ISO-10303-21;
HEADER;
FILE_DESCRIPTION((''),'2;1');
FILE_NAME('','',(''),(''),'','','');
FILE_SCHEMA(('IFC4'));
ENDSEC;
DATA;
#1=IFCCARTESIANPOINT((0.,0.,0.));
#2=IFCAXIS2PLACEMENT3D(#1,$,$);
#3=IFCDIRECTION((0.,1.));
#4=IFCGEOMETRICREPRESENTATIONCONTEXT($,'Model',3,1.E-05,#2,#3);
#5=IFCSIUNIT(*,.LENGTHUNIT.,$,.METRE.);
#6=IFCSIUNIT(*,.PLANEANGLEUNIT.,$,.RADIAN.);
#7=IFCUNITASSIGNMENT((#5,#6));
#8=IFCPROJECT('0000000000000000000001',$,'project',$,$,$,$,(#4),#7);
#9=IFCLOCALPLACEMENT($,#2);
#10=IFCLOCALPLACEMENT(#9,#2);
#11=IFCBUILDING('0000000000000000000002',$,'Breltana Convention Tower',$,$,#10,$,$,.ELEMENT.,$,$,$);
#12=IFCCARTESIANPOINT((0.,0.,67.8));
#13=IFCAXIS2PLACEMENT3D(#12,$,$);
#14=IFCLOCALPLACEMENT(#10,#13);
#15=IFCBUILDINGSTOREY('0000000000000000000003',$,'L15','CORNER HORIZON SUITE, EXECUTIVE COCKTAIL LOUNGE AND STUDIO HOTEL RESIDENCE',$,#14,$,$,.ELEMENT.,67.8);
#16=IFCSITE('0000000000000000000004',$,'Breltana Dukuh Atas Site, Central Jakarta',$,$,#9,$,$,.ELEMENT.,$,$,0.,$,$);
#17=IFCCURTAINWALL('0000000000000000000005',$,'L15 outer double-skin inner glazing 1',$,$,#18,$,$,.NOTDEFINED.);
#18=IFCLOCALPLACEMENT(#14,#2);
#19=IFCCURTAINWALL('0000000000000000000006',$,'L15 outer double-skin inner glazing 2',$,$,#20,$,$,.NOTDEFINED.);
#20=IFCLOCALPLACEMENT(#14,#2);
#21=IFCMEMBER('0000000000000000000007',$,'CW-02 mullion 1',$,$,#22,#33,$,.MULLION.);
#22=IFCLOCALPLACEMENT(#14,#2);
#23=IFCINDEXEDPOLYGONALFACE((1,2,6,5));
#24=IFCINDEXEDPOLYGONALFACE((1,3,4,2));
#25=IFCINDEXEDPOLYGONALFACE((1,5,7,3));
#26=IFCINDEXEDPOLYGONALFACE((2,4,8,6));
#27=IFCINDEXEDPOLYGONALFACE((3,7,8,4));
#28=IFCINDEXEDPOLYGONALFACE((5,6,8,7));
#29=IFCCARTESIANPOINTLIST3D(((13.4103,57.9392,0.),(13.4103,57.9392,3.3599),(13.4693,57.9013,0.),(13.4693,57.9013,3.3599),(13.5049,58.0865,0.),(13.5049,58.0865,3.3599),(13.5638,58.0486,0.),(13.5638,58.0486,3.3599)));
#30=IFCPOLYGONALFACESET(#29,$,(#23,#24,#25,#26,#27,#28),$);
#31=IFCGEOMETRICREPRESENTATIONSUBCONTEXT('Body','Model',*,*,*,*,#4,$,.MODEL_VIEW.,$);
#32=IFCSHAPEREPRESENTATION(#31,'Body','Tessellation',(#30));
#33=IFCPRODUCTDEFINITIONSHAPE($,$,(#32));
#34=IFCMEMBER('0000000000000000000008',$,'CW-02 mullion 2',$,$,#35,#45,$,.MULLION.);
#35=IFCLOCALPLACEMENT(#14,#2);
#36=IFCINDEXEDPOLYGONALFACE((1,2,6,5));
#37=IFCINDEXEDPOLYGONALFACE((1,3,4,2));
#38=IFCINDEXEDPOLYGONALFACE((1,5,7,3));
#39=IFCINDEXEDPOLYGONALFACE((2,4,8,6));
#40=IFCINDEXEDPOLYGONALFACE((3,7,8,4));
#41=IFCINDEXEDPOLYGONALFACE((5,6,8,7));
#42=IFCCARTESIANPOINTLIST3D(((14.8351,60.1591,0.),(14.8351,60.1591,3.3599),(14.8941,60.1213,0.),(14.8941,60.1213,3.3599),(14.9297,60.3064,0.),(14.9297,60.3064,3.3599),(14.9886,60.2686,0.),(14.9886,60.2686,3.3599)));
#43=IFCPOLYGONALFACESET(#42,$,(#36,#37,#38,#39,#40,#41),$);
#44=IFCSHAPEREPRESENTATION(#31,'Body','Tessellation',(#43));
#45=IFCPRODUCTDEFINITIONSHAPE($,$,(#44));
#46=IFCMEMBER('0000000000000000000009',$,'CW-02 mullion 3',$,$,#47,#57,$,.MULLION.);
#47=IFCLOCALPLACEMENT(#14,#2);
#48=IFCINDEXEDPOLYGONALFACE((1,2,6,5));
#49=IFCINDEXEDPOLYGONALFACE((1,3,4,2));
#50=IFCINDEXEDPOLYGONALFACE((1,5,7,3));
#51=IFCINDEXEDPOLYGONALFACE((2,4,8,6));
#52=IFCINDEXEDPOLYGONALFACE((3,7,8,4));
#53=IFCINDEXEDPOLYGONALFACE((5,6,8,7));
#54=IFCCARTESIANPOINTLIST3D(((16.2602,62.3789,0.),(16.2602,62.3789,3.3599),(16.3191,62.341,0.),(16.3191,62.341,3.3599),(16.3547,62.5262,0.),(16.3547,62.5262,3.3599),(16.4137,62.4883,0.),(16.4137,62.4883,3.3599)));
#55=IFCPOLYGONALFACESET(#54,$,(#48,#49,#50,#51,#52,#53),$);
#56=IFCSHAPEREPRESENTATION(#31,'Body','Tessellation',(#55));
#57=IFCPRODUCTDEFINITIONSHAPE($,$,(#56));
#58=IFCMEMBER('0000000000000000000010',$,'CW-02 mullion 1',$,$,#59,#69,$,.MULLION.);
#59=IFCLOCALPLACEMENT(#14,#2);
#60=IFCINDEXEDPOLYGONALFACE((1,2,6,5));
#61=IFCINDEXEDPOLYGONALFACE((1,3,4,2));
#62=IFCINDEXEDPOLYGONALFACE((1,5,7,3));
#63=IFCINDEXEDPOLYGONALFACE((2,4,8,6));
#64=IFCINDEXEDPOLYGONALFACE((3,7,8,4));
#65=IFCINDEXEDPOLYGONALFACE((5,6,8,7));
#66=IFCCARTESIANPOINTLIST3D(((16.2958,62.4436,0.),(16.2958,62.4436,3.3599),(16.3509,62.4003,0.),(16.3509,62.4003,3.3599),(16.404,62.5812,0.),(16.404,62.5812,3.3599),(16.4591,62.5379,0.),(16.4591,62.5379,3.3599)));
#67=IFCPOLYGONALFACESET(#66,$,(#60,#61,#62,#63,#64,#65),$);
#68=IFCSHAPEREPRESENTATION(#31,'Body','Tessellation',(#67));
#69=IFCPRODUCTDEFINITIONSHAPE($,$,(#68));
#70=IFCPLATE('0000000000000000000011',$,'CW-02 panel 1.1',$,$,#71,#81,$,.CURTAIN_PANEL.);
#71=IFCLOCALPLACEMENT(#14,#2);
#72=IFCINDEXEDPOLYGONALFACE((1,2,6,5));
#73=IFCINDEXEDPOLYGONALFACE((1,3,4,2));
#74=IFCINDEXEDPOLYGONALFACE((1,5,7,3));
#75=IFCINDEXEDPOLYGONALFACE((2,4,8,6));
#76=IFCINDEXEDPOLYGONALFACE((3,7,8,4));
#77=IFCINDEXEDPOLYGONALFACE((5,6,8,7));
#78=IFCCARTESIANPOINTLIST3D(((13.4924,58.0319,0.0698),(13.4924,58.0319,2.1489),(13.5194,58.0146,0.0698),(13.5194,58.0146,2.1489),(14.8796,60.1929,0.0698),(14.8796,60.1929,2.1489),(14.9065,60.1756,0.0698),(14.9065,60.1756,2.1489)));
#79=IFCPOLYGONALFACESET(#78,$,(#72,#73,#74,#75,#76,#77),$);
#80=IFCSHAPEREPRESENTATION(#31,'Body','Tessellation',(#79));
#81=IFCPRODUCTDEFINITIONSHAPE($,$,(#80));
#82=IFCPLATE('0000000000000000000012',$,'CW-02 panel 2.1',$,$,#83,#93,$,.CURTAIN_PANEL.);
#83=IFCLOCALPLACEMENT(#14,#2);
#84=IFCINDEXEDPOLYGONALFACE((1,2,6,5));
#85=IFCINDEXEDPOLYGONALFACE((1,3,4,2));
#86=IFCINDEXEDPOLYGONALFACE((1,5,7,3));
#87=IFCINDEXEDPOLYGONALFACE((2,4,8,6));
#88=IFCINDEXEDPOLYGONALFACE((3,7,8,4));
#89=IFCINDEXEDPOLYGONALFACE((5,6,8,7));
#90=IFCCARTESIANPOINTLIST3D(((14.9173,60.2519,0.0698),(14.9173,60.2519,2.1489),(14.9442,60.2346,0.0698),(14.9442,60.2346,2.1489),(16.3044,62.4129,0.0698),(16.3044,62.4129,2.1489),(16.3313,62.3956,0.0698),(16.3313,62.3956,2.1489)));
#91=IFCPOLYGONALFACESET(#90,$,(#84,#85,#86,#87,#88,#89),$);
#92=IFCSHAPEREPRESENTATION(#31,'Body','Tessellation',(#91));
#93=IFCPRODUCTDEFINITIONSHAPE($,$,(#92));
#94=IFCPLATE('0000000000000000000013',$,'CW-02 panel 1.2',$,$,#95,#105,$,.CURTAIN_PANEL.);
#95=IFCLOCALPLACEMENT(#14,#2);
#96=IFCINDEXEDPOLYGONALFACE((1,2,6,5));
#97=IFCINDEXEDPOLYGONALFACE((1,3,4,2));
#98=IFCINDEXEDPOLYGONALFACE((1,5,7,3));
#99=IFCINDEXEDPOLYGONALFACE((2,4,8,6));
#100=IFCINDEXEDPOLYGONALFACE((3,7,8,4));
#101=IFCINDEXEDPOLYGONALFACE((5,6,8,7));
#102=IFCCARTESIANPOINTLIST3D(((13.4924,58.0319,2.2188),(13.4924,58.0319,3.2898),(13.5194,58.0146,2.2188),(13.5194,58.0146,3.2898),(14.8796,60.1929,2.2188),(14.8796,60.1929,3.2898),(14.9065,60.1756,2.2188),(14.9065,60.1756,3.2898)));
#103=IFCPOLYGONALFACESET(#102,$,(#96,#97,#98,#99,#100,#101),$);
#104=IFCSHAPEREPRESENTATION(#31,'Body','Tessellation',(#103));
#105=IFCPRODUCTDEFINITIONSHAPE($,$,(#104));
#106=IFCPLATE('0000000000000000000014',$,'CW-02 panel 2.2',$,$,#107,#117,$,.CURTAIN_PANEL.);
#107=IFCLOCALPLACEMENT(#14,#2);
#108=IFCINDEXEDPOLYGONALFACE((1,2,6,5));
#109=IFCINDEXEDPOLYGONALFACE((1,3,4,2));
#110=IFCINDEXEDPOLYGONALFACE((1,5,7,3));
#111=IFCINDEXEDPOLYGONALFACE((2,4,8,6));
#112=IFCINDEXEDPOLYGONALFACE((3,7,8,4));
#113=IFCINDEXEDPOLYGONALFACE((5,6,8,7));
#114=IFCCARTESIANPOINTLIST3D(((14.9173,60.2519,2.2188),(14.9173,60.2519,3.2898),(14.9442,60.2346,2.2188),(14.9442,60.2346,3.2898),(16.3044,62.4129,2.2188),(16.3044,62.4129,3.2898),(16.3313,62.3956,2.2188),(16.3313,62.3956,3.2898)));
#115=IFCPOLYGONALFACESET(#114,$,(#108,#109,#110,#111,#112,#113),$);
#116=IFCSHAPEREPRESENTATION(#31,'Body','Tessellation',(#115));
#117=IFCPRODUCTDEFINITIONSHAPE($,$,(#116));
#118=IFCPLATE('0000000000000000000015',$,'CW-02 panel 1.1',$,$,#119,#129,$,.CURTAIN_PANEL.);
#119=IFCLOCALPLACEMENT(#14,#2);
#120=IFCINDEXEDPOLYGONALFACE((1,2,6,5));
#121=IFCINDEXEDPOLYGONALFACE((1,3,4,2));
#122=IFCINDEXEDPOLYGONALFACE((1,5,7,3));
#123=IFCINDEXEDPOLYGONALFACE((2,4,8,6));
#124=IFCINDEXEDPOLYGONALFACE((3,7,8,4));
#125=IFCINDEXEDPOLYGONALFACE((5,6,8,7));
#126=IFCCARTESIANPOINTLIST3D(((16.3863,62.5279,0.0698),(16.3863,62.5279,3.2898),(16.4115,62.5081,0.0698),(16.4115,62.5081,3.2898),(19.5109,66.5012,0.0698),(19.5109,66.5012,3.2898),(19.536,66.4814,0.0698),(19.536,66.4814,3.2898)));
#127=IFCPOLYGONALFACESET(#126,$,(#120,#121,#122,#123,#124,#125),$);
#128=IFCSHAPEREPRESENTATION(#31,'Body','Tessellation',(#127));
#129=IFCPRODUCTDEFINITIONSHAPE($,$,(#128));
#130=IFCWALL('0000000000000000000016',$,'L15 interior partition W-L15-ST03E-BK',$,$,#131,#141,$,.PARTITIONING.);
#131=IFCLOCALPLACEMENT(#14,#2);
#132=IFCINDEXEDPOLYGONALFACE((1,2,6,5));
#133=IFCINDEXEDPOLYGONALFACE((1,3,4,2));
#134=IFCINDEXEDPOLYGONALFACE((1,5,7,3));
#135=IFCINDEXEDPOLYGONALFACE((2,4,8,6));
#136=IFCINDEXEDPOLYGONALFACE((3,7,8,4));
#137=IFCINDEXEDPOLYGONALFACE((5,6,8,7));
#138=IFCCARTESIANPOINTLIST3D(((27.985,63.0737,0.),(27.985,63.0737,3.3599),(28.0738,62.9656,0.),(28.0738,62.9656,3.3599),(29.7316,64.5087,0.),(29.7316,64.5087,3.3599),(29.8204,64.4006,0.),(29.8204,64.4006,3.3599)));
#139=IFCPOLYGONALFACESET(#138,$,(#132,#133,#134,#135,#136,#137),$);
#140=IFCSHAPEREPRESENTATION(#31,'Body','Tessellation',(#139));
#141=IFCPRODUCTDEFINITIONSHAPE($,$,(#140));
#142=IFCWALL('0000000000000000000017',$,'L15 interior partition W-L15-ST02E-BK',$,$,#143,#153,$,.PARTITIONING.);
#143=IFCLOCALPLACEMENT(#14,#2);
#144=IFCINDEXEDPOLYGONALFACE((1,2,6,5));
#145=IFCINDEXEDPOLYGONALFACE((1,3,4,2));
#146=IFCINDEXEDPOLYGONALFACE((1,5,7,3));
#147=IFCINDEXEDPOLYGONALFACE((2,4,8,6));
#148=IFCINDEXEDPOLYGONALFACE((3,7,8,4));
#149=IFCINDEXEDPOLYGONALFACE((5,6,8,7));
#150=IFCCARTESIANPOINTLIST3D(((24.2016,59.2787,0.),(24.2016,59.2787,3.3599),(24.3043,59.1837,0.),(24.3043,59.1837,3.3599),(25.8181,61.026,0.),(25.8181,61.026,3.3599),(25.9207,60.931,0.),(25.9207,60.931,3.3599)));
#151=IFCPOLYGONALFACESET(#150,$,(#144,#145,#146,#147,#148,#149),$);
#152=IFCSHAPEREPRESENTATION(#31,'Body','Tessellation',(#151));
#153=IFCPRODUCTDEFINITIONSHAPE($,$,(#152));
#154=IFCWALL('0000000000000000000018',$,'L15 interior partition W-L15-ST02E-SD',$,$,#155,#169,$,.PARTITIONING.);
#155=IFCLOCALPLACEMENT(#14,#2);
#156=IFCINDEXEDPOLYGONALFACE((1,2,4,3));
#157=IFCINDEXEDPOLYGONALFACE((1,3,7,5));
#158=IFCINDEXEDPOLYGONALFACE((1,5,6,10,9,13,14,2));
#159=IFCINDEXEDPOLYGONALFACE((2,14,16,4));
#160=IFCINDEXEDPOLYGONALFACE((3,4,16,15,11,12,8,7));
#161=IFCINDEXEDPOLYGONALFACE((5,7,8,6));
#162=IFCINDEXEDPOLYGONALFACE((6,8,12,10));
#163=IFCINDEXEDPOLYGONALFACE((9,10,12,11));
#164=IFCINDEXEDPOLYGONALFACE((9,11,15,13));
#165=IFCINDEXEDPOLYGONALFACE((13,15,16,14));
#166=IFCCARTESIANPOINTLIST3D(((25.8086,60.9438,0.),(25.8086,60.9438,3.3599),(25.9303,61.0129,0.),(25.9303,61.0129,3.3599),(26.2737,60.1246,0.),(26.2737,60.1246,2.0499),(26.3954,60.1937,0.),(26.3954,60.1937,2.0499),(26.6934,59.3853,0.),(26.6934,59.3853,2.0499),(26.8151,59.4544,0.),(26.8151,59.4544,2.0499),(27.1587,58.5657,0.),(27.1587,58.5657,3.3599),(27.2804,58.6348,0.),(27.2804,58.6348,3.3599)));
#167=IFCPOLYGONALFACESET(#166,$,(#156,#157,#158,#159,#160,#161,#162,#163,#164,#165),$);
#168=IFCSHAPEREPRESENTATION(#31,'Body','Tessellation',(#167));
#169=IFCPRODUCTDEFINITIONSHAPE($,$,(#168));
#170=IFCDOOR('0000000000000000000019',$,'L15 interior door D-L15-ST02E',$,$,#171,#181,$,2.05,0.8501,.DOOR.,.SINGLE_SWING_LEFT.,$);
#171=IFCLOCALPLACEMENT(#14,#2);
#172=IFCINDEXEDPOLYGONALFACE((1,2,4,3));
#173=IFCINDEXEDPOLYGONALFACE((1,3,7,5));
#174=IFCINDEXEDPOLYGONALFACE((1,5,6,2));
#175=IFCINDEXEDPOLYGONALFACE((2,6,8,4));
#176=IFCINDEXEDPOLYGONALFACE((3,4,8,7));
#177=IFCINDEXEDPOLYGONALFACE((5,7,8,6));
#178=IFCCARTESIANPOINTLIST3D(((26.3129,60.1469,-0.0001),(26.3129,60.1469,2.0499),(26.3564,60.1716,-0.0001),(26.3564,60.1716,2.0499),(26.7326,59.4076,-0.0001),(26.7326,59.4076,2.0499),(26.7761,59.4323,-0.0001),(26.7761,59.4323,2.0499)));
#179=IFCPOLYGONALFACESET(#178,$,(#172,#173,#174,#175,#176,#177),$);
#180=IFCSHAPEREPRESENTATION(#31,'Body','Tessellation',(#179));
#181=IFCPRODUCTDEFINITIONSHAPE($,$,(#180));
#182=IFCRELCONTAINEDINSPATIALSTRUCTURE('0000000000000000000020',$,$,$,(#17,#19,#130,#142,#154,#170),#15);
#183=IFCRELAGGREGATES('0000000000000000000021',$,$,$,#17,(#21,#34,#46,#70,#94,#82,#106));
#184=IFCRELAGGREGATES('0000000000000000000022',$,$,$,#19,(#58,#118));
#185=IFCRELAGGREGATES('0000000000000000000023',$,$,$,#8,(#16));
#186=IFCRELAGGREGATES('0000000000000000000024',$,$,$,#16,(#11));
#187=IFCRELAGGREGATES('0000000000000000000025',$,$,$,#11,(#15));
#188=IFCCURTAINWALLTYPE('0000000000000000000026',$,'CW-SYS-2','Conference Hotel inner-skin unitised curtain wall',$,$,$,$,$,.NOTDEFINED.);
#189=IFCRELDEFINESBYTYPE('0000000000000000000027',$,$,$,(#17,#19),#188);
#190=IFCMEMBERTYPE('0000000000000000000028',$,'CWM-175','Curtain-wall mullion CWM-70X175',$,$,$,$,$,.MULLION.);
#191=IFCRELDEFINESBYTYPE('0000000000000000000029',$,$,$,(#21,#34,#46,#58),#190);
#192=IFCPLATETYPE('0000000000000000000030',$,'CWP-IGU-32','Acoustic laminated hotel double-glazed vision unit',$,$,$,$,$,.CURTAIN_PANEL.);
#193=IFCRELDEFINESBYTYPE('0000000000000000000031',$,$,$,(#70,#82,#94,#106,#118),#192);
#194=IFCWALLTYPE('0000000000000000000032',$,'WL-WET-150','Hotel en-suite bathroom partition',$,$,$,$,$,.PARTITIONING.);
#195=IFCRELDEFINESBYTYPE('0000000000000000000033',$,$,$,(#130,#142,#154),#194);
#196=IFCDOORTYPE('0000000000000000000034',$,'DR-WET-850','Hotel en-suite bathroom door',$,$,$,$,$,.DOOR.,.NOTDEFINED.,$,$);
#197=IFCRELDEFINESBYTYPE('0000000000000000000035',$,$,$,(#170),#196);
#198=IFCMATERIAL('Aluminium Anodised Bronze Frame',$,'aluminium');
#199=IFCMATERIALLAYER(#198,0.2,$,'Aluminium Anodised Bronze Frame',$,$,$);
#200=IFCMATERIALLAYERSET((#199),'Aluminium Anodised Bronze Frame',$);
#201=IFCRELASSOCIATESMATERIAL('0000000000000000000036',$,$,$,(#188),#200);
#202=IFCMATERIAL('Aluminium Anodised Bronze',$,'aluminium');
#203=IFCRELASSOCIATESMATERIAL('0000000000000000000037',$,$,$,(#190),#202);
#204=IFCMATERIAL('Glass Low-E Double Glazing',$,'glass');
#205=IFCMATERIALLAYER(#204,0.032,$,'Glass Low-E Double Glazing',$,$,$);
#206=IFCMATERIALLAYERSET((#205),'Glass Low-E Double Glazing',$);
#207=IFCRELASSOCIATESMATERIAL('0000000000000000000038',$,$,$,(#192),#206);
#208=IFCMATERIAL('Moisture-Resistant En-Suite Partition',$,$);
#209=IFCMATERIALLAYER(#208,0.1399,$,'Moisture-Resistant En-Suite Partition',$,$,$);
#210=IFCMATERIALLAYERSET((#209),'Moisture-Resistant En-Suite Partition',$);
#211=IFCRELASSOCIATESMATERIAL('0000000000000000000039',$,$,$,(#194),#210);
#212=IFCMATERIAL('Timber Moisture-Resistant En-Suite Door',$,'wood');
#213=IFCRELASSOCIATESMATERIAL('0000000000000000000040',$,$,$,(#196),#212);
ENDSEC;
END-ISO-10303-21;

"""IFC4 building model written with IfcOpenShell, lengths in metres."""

from ifc_helpers import new_model, si_unit, direction, frame, frame_2d, origin, origin_2d, place, context, subcontext, project, spatial, rectangle, extrude, source, transform, mapped, material, layer, layer_set, material_profile, profile_set, type_object, type_shapes, element, fill, aggregate, save


model = new_model("IFC4")

# Units and contexts
model_context = context("Model", 3, precision=1e-05, world=origin(), true_north=direction((0.0, 1.0)))
body_context = subcontext(model_context, "Body", "Model", "MODEL_VIEW")
ifc_project = project(units=[si_unit("LENGTHUNIT", "METRE"), si_unit("PLANEANGLEUNIT", "RADIAN")], contexts=[model_context])

# Site, building, storey
site_placement = place(None, origin())
site = spatial("IfcSite", under=ifc_project, at=site_placement, Name="Breltana Dukuh Atas Site, Central Jakarta", CompositionType="ELEMENT", RefElevation=0.0)
building_placement = place(site_placement, origin())
building = spatial("IfcBuilding", under=site, at=building_placement, Name="Breltana Convention Tower", CompositionType="ELEMENT")
storey_placement = place(building_placement, frame((0.0, 0.0, 67.8)))
storey = spatial("IfcBuildingStorey", under=building, at=storey_placement, Name="L15", Description="CORNER HORIZON SUITE, EXECUTIVE COCKTAIL LOUNGE AND STUDIO HOTEL RESIDENCE", CompositionType="ELEMENT", Elevation=67.8)

# Curtain walls
ifc_material_1 = material(Name="Aluminium Anodised Bronze Frame", Category="aluminium")
ifc_layer_1 = layer(ifc_material_1, 0.2, Name="Aluminium Anodised Bronze Frame")
ifc_layer_set_1 = layer_set([ifc_layer_1], Name="Aluminium Anodised Bronze Frame")
curtain_wall_type = type_object("IfcCurtainWallType", Name="CW-SYS-2", Description="Conference Hotel inner-skin unitised curtain wall", PredefinedType="NOTDEFINED", material=ifc_layer_set_1)
curtain_wall_1_placement = place(storey_placement, origin())
curtain_wall_1 = element("IfcCurtainWall", 1, at=curtain_wall_1_placement, inside=storey, type_object=curtain_wall_type, Name="L15 outer double-skin inner glazing 1", PredefinedType="NOTDEFINED")
ifc_material_2 = material(Name="Aluminium Anodised Bronze", Category="aluminium")
curtain_wall_2_placement = place(storey_placement, origin())
curtain_wall_2 = element("IfcCurtainWall", 2, at=curtain_wall_2_placement, inside=storey, type_object=curtain_wall_type, Name="L15 outer double-skin inner glazing 2", PredefinedType="NOTDEFINED")

# Members
ifc_material_profile_1 = material_profile(ifc_material_2, rectangle(XDim=0.0701, YDim=0.175, at=origin_2d()), Name="CWM-70X175")
ifc_profile_set_1 = profile_set([ifc_material_profile_1], Name="Aluminium Anodised Bronze")
member_type_1 = type_object("IfcMemberType", Name="CWM-175", Description="Curtain-wall mullion CWM-70X175", PredefinedType="MULLION", material=ifc_profile_set_1)
shared_shape_1 = source(origin(), body_context, "Body", "SweptSolid", [
    extrude(rectangle(XDim=0.0701, YDim=0.175, at=origin_2d()), origin(), (0.0, 0.0, 1.0), 3.3599),
])
member_1_placement = place(storey_placement, frame((13.4871, 57.9939, 0.0), z_axis=(0.0, 0.0, 1.0), x_axis=(-0.841549, 0.540181, 0.0)))
member_1 = element("IfcMember", 3, at=member_1_placement, type_object=member_type_1, Name="CW-02 mullion 1", PredefinedType="MULLION", context=body_context, shape_type="MappedRepresentation", body=[
    mapped(shared_shape_1, transform((0.0, 0.0, 0.0), scale=1.0)),
])
member_2_placement = place(storey_placement, frame((14.9119, 60.2139, 0.0), z_axis=(0.0, 0.0, 1.0), x_axis=(-0.841549, 0.540181, 0.0)))
member_2 = element("IfcMember", 4, at=member_2_placement, type_object=member_type_1, Name="CW-02 mullion 2", PredefinedType="MULLION", context=body_context, shape_type="MappedRepresentation", body=[
    mapped(shared_shape_1, transform((0.0, 0.0, 0.0), scale=1.0)),
])
member_3_placement = place(storey_placement, frame((16.3369, 62.4336, 0.0), z_axis=(0.0, 0.0, 1.0), x_axis=(-0.841549, 0.540181, 0.0)))
member_3 = element("IfcMember", 5, at=member_3_placement, type_object=member_type_1, Name="CW-02 mullion 3", PredefinedType="MULLION", context=body_context, shape_type="MappedRepresentation", body=[
    mapped(shared_shape_1, transform((0.0, 0.0, 0.0), scale=1.0)),
])
member_4_placement = place(storey_placement, frame((16.3774, 62.4907, 0.0), z_axis=(0.0, 0.0, 1.0), x_axis=(-0.786057, 0.618154, 0.0)))
member_4 = element("IfcMember", 6, at=member_4_placement, type_object=member_type_1, Name="CW-02 mullion 1", PredefinedType="MULLION", context=body_context, shape_type="MappedRepresentation", body=[
    mapped(shared_shape_1, transform((0.0, 0.0, 0.0), scale=1.0)),
])

# Plates
ifc_material_3 = material(Name="Glass Low-E Double Glazing", Category="glass")
ifc_layer_2 = layer(ifc_material_3, 0.032, Name="Glass Low-E Double Glazing")
ifc_layer_set_2 = layer_set([ifc_layer_2], Name="Glass Low-E Double Glazing")
plate_type = type_object("IfcPlateType", Name="CWP-IGU-32", Description="Acoustic laminated hotel double-glazed vision unit", PredefinedType="CURTAIN_PANEL", material=ifc_layer_set_2)
shared_shape_2 = source(origin(), body_context, "Body", "SweptSolid", [
    extrude(rectangle(XDim=2.5679, YDim=0.032, at=origin_2d()), origin(), (0.0, 0.0, 1.0), 2.0791),
])
type_shapes(plate_type, [shared_shape_2])
plate_1_placement = place(storey_placement, frame((14.1995, 59.1038, 0.0698), z_axis=(0.0, 0.0, 1.0), x_axis=(0.540181, 0.841549, 0.0)))
plate_1 = element("IfcPlate", 7, at=plate_1_placement, type_object=plate_type, Name="CW-02 panel 1.1", PredefinedType="CURTAIN_PANEL", context=body_context, shape_type="MappedRepresentation", body=[
    mapped(shared_shape_2, transform((0.0, 0.0, 0.0), scale=1.0)),
])
plate_2_placement = place(storey_placement, frame((15.6243, 61.3237, 0.0698), z_axis=(0.0, 0.0, 1.0), x_axis=(0.540181, 0.841549, 0.0)))
plate_2 = element("IfcPlate", 8, at=plate_2_placement, type_object=plate_type, Name="CW-02 panel 2.1", PredefinedType="CURTAIN_PANEL", context=body_context, shape_type="MappedRepresentation", body=[
    mapped(shared_shape_2, transform((0.0, 0.0, 0.0), scale=1.0)),
])
shared_shape_3 = source(origin(), body_context, "Body", "SweptSolid", [
    extrude(rectangle(XDim=2.5679, YDim=0.032, at=origin_2d()), origin(), (0.0, 0.0, 1.0), 1.071),
])
plate_3_placement = place(storey_placement, frame((14.1995, 59.1038, 2.2188), z_axis=(0.0, 0.0, 1.0), x_axis=(0.540181, 0.841549, 0.0)))
plate_3 = element("IfcPlate", 9, at=plate_3_placement, type_object=plate_type, Name="CW-02 panel 1.2", PredefinedType="CURTAIN_PANEL", context=body_context, shape_type="MappedRepresentation", body=[
    mapped(shared_shape_3, transform((0.0, 0.0, 0.0), scale=1.0)),
])
plate_4_placement = place(storey_placement, frame((15.6243, 61.3237, 2.2188), z_axis=(0.0, 0.0, 1.0), x_axis=(0.540181, 0.841549, 0.0)))
plate_4 = element("IfcPlate", 10, at=plate_4_placement, type_object=plate_type, Name="CW-02 panel 2.2", PredefinedType="CURTAIN_PANEL", context=body_context, shape_type="MappedRepresentation", body=[
    mapped(shared_shape_3, transform((0.0, 0.0, 0.0), scale=1.0)),
])
aggregate(curtain_wall_1, [member_1, member_2, member_3, plate_1, plate_3, plate_2, plate_4])
shared_shape_4 = source(origin(), body_context, "Body", "SweptSolid", [
    extrude(rectangle(XDim=5.0547, YDim=0.032, at=origin_2d()), origin(), (0.0, 0.0, 1.0), 3.22),
])
plate_5_placement = place(storey_placement, frame((17.9612, 64.5046, 0.0698), z_axis=(0.0, 0.0, 1.0), x_axis=(0.618154, 0.786057, 0.0)))
plate_5 = element("IfcPlate", 11, at=plate_5_placement, type_object=plate_type, Name="CW-02 panel 1.1", PredefinedType="CURTAIN_PANEL", context=body_context, shape_type="MappedRepresentation", body=[
    mapped(shared_shape_4, transform((0.0, 0.0, 0.0), scale=1.0)),
])
aggregate(curtain_wall_2, [member_4, plate_5])

# Walls
ifc_material_4 = material(Name="Moisture-Resistant En-Suite Partition")
ifc_layer_3 = layer(ifc_material_4, 0.1399, Name="Moisture-Resistant En-Suite Partition")
ifc_layer_set_3 = layer_set([ifc_layer_3], Name="Moisture-Resistant En-Suite Partition")
wall_type_1 = type_object("IfcWallType", Name="WL-WET-150", Description="Hotel en-suite bathroom partition", PredefinedType="PARTITIONING", material=ifc_layer_set_3)
shared_shape_5 = source(origin(), body_context, "Body", "SweptSolid", [
    extrude(rectangle(XDim=2.2605, YDim=0.1399, at=frame_2d((1.1304, 0.0))), origin(), (0.0, 0.0, 1.0), 3.3599),
])
wall_1_placement = place(storey_placement, frame((28.0293, 63.0195, 0.0), z_axis=(0.0, 0.0, 1.0), x_axis=(0.772647, 0.634836, 0.0)))
element("IfcWall", 12, at=wall_1_placement, inside=storey, type_object=wall_type_1, Name="L15 interior partition W-L15-ST03E-BK", PredefinedType="PARTITIONING", context=body_context, shape_type="MappedRepresentation", body=[
    mapped(shared_shape_5, transform((0.0, 0.0, 0.0), scale=1.0)),
])
shared_shape_6 = source(origin(), body_context, "Body", "SweptSolid", [
    extrude(rectangle(XDim=2.3804, YDim=0.1399, at=frame_2d((1.1902, 0.0))), origin(), (0.0, 0.0, 1.0), 3.3599),
])
wall_2_placement = place(storey_placement, frame((24.2529, 59.2312, 0.0), z_axis=(0.0, 0.0, 1.0), x_axis=(0.679085, 0.73406, 0.0)))
element("IfcWall", 13, at=wall_2_placement, inside=storey, type_object=wall_type_1, Name="L15 interior partition W-L15-ST02E-BK", PredefinedType="PARTITIONING", context=body_context, shape_type="MappedRepresentation", body=[
    mapped(shared_shape_6, transform((0.0, 0.0, 0.0), scale=1.0)),
])

# Wall, opening, door
shared_shape_7 = source(origin(), body_context, "Body", "SweptSolid", [
    extrude(rectangle(XDim=2.7346, YDim=0.1399, at=frame_2d((1.3672, 0.0))), origin(), (0.0, 0.0, 1.0), 3.3599),
])
wall_3_placement = place(storey_placement, frame((27.2195, 58.6003, 0.0), z_axis=(0.0, 0.0, 1.0), x_axis=(-0.493695, 0.869635, 0.0)))
wall_3 = element("IfcWall", 14, at=wall_3_placement, inside=storey, type_object=wall_type_1, Name="L15 interior partition W-L15-ST02E-SD", PredefinedType="PARTITIONING", context=body_context, shape_type="MappedRepresentation", body=[
    mapped(shared_shape_7, transform((0.0, 0.0, 0.0), scale=1.0)),
])
opening_1_placement = place(wall_3_placement, frame((0.9424, 0.0, 0.0)))
opening_1 = element("IfcOpeningElement", 15, at=opening_1_placement, cuts=wall_3, PredefinedType="OPENING", context=body_context, shape_type="SweptSolid", body=[
    extrude(rectangle(XDim=0.8501, YDim=2.05, at=frame_2d((0.425, 1.0249))), frame((0.0, 0.0801, 0.0), z_axis=(0.0, -1.0, 0.0), x_axis=(1.0, 0.0, 0.0)), (0.0, 0.0, 1.0), 0.1599),
])
ifc_material_5 = material(Name="Timber Moisture-Resistant En-Suite Door", Category="wood")
door_type_1 = type_object("IfcDoorType", Name="DR-WET-850", Description="Hotel en-suite bathroom door", OperationType="NOTDEFINED", PredefinedType="DOOR", material=ifc_material_5)
shared_shape_8 = source(origin(), body_context, "Body", "SweptSolid", [
    extrude(rectangle(XDim=0.8501, YDim=2.05, at=frame_2d((0.425, 1.0249))), frame((0.0, 0.0249, 0.0), z_axis=(0.0, -1.0, 0.0), x_axis=(1.0, 0.0, 0.0)), (0.0, 0.0, 1.0), 0.05),
])
type_shapes(door_type_1, [shared_shape_8])
door_1_placement = place(opening_1_placement, origin())
door_1 = element("IfcDoor", 16, at=door_1_placement, inside=storey, type_object=door_type_1, Name="L15 interior door D-L15-ST02E", OperationType="SINGLE_SWING_LEFT", OverallHeight=2.05, OverallWidth=0.8501, PredefinedType="DOOR", context=body_context, shape_type="MappedRepresentation", body=[
    mapped(shared_shape_8, transform((0.0, 0.0, 0.0), scale=1.0)),
])
fill(opening_1, door_1)

save(model, "model.ifc")
